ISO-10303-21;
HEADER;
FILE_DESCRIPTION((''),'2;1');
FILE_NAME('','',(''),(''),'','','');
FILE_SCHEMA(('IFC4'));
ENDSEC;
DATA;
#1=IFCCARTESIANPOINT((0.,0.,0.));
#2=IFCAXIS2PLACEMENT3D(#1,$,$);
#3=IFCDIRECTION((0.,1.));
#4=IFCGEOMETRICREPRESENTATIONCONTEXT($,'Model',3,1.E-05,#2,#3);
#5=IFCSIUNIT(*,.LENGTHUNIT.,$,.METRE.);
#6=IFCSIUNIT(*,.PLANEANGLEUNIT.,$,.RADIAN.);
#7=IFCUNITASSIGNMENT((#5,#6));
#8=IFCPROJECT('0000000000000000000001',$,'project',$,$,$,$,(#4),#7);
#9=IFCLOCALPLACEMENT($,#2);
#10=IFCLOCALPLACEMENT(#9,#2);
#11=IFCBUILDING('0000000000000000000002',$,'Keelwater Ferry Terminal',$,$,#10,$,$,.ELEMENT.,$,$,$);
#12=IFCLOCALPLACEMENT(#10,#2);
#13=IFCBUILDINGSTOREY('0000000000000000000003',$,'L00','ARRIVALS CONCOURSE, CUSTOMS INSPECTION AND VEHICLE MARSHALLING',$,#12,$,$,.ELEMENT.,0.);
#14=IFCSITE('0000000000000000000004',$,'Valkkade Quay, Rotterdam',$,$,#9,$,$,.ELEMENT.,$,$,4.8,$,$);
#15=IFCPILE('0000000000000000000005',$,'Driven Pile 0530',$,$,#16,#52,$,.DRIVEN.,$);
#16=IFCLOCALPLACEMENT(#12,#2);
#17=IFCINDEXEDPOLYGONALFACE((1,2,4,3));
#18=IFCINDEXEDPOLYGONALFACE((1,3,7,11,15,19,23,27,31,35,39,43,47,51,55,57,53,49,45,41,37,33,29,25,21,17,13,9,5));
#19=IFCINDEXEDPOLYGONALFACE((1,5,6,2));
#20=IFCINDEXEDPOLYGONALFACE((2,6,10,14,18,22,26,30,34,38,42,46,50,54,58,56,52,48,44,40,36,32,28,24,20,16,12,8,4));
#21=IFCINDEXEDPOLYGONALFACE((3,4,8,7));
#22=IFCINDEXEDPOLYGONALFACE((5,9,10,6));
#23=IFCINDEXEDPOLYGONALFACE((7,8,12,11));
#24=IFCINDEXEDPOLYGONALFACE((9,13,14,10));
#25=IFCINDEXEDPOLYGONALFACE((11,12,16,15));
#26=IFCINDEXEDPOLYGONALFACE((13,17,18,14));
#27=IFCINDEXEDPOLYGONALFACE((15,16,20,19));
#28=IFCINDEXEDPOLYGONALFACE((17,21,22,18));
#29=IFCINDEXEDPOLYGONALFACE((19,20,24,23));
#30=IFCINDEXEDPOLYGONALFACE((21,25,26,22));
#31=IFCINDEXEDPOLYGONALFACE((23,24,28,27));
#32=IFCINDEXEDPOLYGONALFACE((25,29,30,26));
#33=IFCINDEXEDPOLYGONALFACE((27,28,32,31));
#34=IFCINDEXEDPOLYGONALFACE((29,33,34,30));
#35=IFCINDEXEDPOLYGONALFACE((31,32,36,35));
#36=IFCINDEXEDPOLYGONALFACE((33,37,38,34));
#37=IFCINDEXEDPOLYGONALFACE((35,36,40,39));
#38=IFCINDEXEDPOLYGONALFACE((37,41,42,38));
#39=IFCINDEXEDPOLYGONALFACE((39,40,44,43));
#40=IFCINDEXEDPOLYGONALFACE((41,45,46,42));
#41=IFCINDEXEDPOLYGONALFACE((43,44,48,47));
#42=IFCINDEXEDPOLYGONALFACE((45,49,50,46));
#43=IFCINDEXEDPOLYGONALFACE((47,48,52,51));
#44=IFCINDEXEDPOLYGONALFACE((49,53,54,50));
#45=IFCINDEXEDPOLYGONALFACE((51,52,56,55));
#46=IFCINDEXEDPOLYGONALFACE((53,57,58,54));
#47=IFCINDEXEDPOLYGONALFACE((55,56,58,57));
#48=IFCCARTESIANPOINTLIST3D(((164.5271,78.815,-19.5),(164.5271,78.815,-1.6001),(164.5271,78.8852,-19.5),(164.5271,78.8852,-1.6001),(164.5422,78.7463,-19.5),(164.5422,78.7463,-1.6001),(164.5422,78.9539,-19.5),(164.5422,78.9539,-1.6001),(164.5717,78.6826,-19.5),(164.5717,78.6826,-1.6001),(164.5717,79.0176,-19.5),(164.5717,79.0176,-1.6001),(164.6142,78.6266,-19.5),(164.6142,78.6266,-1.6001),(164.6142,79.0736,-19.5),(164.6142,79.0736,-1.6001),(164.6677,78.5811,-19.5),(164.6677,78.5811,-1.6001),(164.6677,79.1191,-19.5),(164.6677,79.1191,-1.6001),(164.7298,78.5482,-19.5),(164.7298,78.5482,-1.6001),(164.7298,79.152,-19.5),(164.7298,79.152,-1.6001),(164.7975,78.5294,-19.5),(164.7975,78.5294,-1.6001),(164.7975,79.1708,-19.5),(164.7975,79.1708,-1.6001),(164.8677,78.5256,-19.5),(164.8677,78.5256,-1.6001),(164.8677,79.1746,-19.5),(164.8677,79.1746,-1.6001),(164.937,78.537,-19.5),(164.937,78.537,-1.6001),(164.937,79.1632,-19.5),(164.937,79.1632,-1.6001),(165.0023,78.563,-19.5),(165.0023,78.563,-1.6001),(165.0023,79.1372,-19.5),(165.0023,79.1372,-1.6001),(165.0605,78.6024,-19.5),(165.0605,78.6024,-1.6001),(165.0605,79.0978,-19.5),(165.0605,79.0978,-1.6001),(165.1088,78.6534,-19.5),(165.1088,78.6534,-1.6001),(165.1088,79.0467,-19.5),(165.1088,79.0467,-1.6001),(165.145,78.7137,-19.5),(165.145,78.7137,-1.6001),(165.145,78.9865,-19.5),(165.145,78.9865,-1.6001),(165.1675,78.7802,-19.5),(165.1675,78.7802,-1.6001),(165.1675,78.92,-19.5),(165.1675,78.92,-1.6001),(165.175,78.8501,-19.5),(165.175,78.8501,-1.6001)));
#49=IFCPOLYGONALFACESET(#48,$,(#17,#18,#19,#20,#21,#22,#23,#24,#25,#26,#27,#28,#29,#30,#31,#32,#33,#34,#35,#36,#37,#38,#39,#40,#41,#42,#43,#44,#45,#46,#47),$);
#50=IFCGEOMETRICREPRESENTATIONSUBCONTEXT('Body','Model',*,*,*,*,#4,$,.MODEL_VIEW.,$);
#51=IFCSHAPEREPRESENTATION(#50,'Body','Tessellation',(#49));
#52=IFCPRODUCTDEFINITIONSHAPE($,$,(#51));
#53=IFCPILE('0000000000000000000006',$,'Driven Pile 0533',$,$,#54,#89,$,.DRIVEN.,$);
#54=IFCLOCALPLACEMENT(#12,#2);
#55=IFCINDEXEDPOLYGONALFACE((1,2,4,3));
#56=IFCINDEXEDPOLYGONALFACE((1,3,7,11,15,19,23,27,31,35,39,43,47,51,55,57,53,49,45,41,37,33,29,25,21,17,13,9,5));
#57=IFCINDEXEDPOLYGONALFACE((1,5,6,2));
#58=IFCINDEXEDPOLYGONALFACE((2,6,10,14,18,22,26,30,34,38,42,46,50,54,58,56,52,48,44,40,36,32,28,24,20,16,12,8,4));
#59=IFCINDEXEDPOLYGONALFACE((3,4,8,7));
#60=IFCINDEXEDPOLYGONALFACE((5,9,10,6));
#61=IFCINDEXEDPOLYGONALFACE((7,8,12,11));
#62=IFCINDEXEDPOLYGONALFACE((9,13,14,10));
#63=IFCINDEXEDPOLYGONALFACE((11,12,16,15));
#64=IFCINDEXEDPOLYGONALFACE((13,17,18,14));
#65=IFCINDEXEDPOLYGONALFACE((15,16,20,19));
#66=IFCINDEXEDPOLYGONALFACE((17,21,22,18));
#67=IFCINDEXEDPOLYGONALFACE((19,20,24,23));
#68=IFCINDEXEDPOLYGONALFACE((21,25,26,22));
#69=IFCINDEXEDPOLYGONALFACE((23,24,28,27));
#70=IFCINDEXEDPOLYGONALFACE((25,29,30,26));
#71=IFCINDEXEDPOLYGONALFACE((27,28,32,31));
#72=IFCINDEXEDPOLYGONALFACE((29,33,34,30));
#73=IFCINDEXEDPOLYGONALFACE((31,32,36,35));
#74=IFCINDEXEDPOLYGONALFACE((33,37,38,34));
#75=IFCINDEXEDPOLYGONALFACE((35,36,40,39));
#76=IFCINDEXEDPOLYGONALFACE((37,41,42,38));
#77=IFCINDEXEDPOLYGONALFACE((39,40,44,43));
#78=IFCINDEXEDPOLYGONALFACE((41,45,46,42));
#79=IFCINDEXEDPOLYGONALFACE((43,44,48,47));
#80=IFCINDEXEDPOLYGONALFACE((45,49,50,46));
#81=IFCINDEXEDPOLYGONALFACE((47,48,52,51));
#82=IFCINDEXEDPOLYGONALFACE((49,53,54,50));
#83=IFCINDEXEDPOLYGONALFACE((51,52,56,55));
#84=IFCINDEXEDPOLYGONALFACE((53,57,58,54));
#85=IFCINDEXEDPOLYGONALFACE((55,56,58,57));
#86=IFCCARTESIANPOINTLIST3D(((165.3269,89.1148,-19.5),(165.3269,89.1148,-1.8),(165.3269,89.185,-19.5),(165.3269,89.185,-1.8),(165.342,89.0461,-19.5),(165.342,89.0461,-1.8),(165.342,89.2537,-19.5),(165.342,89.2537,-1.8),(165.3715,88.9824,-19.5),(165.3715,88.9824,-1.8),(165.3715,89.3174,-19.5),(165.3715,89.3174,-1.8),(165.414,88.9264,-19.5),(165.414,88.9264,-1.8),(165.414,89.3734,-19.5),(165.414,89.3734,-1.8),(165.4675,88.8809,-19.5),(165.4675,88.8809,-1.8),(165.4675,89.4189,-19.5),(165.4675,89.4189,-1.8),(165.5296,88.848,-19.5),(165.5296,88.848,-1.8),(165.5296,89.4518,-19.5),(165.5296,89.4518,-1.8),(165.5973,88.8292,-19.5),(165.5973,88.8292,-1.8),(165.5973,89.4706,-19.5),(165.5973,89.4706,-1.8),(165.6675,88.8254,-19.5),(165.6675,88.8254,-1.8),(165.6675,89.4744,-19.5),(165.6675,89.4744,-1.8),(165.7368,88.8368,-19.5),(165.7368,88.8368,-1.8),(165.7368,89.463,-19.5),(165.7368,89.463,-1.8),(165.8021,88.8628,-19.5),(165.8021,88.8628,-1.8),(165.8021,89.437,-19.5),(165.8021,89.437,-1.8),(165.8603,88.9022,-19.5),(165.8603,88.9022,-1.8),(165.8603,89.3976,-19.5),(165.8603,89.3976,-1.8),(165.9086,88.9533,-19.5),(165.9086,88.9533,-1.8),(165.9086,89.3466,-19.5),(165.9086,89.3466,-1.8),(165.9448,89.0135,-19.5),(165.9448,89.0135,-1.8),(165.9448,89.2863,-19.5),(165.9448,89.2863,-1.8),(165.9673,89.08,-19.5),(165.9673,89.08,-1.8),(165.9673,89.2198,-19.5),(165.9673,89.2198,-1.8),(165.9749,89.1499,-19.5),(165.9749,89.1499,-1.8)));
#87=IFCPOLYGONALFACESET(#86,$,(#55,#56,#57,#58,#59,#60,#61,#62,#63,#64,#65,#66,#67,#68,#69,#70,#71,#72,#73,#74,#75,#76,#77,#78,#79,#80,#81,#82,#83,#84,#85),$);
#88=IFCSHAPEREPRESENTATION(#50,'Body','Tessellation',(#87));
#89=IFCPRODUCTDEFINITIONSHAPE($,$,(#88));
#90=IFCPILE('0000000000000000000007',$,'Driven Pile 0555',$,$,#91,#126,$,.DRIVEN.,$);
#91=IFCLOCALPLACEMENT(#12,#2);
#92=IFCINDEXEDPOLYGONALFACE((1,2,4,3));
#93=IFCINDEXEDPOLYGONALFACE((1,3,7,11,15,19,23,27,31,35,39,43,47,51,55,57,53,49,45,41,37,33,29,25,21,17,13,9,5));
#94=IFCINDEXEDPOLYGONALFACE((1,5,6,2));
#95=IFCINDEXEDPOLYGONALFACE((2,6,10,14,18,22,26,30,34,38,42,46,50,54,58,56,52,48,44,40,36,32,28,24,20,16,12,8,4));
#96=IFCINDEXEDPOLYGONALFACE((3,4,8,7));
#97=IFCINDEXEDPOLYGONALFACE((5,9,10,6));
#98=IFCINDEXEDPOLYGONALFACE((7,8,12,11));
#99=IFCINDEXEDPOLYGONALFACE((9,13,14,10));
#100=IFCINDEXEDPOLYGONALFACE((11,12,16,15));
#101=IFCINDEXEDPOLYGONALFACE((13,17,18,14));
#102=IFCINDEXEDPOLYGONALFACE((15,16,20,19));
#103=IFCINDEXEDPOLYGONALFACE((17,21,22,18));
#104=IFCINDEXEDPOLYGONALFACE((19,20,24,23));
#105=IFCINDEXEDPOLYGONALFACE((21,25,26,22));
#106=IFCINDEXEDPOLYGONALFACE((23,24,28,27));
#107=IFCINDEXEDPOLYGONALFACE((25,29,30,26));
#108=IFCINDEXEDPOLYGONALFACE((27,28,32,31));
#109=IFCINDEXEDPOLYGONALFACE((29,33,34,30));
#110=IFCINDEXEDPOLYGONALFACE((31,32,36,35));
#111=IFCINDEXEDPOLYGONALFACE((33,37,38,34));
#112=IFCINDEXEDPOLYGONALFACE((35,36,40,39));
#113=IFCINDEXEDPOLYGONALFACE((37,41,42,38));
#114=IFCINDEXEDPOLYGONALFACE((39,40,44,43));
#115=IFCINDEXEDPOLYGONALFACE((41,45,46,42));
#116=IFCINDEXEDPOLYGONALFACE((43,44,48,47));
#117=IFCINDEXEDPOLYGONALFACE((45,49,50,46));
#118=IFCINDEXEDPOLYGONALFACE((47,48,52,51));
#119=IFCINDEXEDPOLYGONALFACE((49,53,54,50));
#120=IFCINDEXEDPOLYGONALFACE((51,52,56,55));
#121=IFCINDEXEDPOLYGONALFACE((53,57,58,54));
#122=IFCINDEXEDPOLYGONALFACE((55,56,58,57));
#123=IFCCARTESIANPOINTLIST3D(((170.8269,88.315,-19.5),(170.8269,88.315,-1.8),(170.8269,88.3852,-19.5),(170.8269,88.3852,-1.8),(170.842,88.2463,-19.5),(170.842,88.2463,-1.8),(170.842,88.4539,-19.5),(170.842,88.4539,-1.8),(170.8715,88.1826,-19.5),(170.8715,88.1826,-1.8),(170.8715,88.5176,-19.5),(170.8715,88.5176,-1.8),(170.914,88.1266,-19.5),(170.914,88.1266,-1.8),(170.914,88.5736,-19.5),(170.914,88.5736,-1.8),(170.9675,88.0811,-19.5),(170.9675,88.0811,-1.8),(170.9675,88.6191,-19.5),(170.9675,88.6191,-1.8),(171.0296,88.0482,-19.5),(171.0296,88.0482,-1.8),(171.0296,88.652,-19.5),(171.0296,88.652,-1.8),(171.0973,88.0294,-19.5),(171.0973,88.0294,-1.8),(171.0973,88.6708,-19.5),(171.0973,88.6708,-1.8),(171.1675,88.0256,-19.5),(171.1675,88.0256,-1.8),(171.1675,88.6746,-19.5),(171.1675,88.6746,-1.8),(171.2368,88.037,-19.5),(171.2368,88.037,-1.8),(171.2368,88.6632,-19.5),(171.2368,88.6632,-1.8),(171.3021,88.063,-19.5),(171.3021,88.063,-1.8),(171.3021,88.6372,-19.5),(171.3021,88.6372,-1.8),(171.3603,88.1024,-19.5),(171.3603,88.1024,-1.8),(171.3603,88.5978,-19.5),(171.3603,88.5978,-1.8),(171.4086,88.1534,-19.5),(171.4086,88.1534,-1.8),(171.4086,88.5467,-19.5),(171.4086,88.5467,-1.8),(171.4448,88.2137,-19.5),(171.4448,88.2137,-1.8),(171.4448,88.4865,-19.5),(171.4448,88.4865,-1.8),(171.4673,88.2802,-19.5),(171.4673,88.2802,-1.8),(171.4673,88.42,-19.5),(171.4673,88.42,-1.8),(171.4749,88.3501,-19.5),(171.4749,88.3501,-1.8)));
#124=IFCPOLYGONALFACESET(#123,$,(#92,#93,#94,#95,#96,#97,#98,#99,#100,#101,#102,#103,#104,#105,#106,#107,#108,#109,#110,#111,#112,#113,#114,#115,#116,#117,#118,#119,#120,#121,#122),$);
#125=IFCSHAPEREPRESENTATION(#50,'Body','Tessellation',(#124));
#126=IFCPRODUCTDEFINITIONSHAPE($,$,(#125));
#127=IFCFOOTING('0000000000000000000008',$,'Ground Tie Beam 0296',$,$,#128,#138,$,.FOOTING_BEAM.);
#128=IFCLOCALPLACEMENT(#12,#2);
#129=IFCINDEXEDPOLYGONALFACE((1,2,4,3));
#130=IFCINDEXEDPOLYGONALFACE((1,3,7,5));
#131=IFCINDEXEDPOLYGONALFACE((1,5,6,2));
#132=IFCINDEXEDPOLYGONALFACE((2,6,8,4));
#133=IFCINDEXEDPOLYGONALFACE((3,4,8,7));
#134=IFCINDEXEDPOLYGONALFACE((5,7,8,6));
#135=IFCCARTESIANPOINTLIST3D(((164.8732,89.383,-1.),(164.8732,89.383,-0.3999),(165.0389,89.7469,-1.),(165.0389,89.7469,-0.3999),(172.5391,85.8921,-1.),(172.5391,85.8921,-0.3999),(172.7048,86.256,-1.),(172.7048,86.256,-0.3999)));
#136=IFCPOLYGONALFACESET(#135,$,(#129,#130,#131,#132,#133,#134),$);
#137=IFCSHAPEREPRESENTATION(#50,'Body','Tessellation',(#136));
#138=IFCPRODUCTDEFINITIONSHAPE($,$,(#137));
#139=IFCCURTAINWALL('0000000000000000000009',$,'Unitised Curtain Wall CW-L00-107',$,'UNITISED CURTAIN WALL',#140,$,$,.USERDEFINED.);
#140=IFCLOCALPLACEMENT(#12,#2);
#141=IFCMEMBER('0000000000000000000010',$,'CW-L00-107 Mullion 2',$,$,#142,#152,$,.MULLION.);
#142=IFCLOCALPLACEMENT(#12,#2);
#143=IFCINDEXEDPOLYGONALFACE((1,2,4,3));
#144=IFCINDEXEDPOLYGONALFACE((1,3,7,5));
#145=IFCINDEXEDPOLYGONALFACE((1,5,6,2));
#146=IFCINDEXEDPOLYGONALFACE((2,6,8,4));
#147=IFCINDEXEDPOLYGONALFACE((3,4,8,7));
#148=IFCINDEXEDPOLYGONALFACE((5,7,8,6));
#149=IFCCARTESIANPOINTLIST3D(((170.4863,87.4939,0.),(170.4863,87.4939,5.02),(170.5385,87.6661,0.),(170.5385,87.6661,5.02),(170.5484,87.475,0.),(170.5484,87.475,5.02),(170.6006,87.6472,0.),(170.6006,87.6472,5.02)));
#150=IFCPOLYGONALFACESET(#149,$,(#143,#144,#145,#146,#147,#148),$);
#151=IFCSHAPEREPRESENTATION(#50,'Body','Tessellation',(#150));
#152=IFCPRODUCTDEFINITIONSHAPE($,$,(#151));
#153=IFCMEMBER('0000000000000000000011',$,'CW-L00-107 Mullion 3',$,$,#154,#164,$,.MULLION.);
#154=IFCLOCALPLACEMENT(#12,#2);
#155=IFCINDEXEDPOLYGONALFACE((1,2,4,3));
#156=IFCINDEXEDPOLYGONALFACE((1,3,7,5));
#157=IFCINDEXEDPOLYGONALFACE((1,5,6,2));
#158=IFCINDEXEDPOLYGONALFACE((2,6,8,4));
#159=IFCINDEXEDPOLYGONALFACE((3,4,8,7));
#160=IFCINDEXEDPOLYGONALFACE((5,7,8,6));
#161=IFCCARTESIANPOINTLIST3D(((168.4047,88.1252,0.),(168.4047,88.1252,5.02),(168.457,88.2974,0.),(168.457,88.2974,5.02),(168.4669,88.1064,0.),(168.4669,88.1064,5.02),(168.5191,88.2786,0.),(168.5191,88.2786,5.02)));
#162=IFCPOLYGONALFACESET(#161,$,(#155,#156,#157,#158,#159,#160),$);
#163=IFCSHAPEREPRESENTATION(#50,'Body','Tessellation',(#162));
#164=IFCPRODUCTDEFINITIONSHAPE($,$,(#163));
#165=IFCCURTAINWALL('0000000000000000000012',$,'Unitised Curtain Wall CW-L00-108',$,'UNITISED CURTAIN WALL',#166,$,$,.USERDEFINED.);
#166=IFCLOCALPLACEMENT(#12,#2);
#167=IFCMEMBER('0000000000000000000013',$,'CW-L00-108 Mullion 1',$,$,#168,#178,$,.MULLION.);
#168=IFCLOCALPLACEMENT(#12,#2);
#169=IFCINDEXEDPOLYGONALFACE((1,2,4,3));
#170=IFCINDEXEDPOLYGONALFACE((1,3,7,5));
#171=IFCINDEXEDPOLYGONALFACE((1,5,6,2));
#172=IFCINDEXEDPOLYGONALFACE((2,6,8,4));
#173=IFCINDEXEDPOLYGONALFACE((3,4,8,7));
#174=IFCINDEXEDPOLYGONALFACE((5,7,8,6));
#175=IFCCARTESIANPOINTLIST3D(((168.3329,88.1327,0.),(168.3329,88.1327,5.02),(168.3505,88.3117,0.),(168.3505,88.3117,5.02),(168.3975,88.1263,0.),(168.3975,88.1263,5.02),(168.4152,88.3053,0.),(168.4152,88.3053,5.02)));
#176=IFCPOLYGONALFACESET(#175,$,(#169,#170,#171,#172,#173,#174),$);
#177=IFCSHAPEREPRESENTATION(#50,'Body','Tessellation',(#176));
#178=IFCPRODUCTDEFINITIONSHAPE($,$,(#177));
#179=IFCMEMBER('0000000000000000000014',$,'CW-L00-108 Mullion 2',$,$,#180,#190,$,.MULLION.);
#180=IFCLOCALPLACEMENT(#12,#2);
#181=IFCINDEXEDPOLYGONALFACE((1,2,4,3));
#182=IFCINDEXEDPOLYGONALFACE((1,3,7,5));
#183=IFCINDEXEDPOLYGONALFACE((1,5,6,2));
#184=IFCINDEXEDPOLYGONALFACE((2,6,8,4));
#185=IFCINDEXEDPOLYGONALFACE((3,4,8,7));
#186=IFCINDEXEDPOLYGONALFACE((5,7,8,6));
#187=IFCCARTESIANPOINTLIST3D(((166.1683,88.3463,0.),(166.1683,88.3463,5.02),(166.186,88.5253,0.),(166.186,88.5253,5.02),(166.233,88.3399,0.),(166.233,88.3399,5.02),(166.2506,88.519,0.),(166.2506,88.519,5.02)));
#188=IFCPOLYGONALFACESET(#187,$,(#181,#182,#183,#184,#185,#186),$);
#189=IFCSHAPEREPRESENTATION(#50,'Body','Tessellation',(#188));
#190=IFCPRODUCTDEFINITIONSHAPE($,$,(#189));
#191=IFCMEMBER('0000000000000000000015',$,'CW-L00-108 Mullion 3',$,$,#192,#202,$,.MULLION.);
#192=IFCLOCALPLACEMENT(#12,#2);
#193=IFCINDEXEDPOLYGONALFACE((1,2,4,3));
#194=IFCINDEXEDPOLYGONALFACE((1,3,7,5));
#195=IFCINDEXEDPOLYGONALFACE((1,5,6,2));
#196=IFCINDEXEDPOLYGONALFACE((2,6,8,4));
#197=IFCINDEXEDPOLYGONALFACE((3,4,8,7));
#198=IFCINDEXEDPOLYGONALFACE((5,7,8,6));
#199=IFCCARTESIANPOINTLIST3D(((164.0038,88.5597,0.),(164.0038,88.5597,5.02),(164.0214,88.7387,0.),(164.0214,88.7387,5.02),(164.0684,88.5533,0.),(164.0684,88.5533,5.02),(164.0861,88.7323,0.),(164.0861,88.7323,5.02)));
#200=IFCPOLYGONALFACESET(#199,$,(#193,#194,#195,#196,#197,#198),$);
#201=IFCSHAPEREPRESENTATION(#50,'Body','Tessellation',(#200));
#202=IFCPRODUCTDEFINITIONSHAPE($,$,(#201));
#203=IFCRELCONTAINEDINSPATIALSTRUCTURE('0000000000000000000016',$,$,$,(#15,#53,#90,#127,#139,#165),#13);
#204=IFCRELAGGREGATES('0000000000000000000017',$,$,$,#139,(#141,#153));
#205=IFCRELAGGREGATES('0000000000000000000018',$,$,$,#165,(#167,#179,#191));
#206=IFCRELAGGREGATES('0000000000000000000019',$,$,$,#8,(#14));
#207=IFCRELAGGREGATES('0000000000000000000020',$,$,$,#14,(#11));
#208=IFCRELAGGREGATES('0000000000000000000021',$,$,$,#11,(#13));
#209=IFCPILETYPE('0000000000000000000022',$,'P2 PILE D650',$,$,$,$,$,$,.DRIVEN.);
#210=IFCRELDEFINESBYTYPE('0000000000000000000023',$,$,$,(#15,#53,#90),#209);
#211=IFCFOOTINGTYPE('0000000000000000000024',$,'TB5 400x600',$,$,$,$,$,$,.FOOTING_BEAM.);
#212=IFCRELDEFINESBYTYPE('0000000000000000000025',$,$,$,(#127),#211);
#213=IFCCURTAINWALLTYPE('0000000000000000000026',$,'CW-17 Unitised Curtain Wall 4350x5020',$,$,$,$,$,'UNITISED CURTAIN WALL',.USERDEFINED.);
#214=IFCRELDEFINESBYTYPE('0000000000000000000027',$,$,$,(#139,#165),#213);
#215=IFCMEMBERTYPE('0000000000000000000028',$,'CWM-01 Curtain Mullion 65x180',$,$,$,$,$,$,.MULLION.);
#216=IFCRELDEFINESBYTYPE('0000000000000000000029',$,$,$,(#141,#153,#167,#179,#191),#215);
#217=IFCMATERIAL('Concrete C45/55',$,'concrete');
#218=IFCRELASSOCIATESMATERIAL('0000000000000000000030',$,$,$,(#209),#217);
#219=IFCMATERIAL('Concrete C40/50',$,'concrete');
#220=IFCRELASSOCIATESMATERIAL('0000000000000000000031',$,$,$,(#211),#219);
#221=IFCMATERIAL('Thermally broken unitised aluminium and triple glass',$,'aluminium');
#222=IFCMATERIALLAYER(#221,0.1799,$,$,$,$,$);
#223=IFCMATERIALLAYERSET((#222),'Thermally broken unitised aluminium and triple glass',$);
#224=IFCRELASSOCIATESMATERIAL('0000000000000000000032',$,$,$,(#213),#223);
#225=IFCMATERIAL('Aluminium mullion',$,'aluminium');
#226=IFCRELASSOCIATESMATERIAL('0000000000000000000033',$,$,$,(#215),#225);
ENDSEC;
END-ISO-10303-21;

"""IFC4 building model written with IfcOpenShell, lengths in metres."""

from ifc_helpers import new_model, si_unit, direction, frame, origin, origin_2d, place, context, subcontext, project, spatial, rectangle, circle, extrude, material, layer, layer_set, material_profile, profile_set, type_object, element, aggregate, save


model = new_model("IFC4")

# Units and contexts
model_context = context("Model", 3, precision=1e-05, world=origin(), true_north=direction((0.0, 1.0)))
body_context = subcontext(model_context, "Body", "Model", "MODEL_VIEW")
ifc_project = project(units=[si_unit("LENGTHUNIT", "METRE"), si_unit("PLANEANGLEUNIT", "RADIAN")], contexts=[model_context])

# Site, building, storey
site_placement = place(None, origin())
site = spatial("IfcSite", under=ifc_project, at=site_placement, Name="Valkkade Quay, Rotterdam", CompositionType="ELEMENT", RefElevation=4.8)
building_placement = place(site_placement, origin())
building = spatial("IfcBuilding", under=site, at=building_placement, Name="Keelwater Ferry Terminal", CompositionType="ELEMENT")
storey_placement = place(building_placement, origin())
storey = spatial("IfcBuildingStorey", under=building, at=storey_placement, Name="L00", Description="ARRIVALS CONCOURSE, CUSTOMS INSPECTION AND VEHICLE MARSHALLING", CompositionType="ELEMENT", Elevation=0.0)

# Piles
ifc_material_1 = material(Name="Concrete C45/55", Category="concrete")
ifc_material_profile_1 = material_profile(ifc_material_1, circle(Radius=0.325, at=origin_2d()), Name="PILE D650")
ifc_profile_set_1 = profile_set([ifc_material_profile_1], Name="Concrete C45/55")
pile_type = type_object("IfcPileType", Name="P2 PILE D650", PredefinedType="DRIVEN", material=ifc_profile_set_1)
pile_placement = place(storey_placement, frame((164.8501, 78.8501, -1.6001), z_axis=(0.0, 0.0, -1.0), x_axis=(1.0, 0.0, 0.0)))
element("IfcPile", 1, at=pile_placement, inside=storey, type_object=pile_type, Name="Driven Pile 0530", PredefinedType="DRIVEN", context=body_context, shape_type="SweptSolid", body=[
    extrude(circle(Radius=0.325, at=origin_2d()), origin(), (0.0, 0.0, 1.0), 17.8999),
])
for number, where, z_axis, x_axis, name in (
    (2, (165.6499, 89.1499, -1.8), (0.0, 0.0, -1.0), (1.0, 0.0, 0.0), "Driven Pile 0533"),
    (3, (171.1499, 88.3501, -1.8), (0.0, 0.0, -1.0), (1.0, 0.0, 0.0), "Driven Pile 0555"),
):
    element("IfcPile", number, at=place(storey_placement, frame(where, z_axis=z_axis, x_axis=x_axis)), inside=storey, type_object=pile_type, Name=name, PredefinedType="DRIVEN", context=body_context, shape_type="SweptSolid", body=[
        extrude(circle(Radius=0.325, at=origin_2d()), origin(), (0.0, 0.0, 1.0), 17.7),
    ])

# Footing
ifc_material_2 = material(Name="Concrete C40/50", Category="concrete")
ifc_material_profile_2 = material_profile(ifc_material_2, rectangle(XDim=0.3999, YDim=0.6001, at=origin_2d()), Name="TB 400x600")
ifc_profile_set_2 = profile_set([ifc_material_profile_2], Name="Concrete C40/50")
footing_type = type_object("IfcFootingType", Name="TB5 400x600", PredefinedType="FOOTING_BEAM", material=ifc_profile_set_2)
footing_placement = place(storey_placement, frame((164.9561, 89.5649, -0.7), z_axis=(0.910079, -0.414434, 0.0), x_axis=(0.414434, 0.910079, 0.0)))
element("IfcFooting", 4, at=footing_placement, inside=storey, type_object=footing_type, Name="Ground Tie Beam 0296", PredefinedType="FOOTING_BEAM", context=body_context, shape_type="SweptSolid", body=[
    extrude(rectangle(XDim=0.3999, YDim=0.6001, at=origin_2d()), origin(), (0.0, 0.0, 1.0), 8.4233),
])

# Curtain walls, members
ifc_material_3 = material(Name="Thermally broken unitised aluminium and triple glass", Category="aluminium")
ifc_layer_1 = layer(ifc_material_3, 0.1799)
ifc_layer_set_1 = layer_set([ifc_layer_1], Name="Thermally broken unitised aluminium and triple glass")
curtain_wall_type = type_object("IfcCurtainWallType", Name="CW-17 Unitised Curtain Wall 4350x5020", ElementType="UNITISED CURTAIN WALL", PredefinedType="USERDEFINED", material=ifc_layer_set_1)
curtain_wall_1_placement = place(storey_placement, origin())
curtain_wall_1 = element("IfcCurtainWall", 5, at=curtain_wall_1_placement, inside=storey, type_object=curtain_wall_type, Name="Unitised Curtain Wall CW-L00-107", ObjectType="UNITISED CURTAIN WALL", PredefinedType="USERDEFINED")
ifc_material_4 = material(Name="Aluminium mullion", Category="aluminium")
ifc_material_profile_3 = material_profile(ifc_material_4, rectangle(XDim=0.0649, YDim=0.1799, at=origin_2d()), Name="CWM-01")
ifc_profile_set_3 = profile_set([ifc_material_profile_3], Name="Aluminium mullion")
member_type_1 = type_object("IfcMemberType", Name="CWM-01 Curtain Mullion 65x180", PredefinedType="MULLION", material=ifc_profile_set_3)
member_1_placement = place(storey_placement, frame((170.5435, 87.5706, 0.0), z_axis=(0.0, 0.0, 1.0), x_axis=(-0.95693, 0.29032, 0.0)))
member_1 = element("IfcMember", 6, at=member_1_placement, type_object=member_type_1, Name="CW-L00-107 Mullion 2", PredefinedType="MULLION", context=body_context, shape_type="SweptSolid", body=[
    extrude(rectangle(XDim=0.0649, YDim=0.1799, at=origin_2d()), origin(), (0.0, 0.0, 1.0), 5.02),
])
member_2_placement = place(storey_placement, frame((168.4619, 88.2019, 0.0), z_axis=(0.0, 0.0, 1.0), x_axis=(-0.95693, 0.29032, 0.0)))
member_2 = element("IfcMember", 7, at=member_2_placement, type_object=member_type_1, Name="CW-L00-107 Mullion 3", PredefinedType="MULLION", context=body_context, shape_type="SweptSolid", body=[
    extrude(rectangle(XDim=0.0649, YDim=0.1799, at=origin_2d()), origin(), (0.0, 0.0, 1.0), 5.02),
])
curtain_wall_2_placement = place(storey_placement, origin())
curtain_wall_2 = element("IfcCurtainWall", 8, at=curtain_wall_2_placement, inside=storey, type_object=curtain_wall_type, Name="Unitised Curtain Wall CW-L00-108", ObjectType="UNITISED CURTAIN WALL", PredefinedType="USERDEFINED")
member_3_placement = place(storey_placement, frame((168.374, 88.219, 0.0), z_axis=(0.0, 0.0, 1.0), x_axis=(-0.995171, 0.098161, 0.0)))
member_3 = element("IfcMember", 9, at=member_3_placement, type_object=member_type_1, Name="CW-L00-108 Mullion 1", PredefinedType="MULLION", context=body_context, shape_type="SweptSolid", body=[
    extrude(rectangle(XDim=0.0649, YDim=0.1799, at=origin_2d()), origin(), (0.0, 0.0, 1.0), 5.02),
])
member_4_placement = place(storey_placement, frame((166.2095, 88.4326, 0.0), z_axis=(0.0, 0.0, 1.0), x_axis=(-0.995171, 0.098161, 0.0)))
member_4 = element("IfcMember", 10, at=member_4_placement, type_object=member_type_1, Name="CW-L00-108 Mullion 2", PredefinedType="MULLION", context=body_context, shape_type="SweptSolid", body=[
    extrude(rectangle(XDim=0.0649, YDim=0.1799, at=origin_2d()), origin(), (0.0, 0.0, 1.0), 5.02),
])
member_5_placement = place(storey_placement, frame((164.0449, 88.646, 0.0), z_axis=(0.0, 0.0, 1.0), x_axis=(-0.995171, 0.098161, 0.0)))
member_5 = element("IfcMember", 11, at=member_5_placement, type_object=member_type_1, Name="CW-L00-108 Mullion 3", PredefinedType="MULLION", context=body_context, shape_type="SweptSolid", body=[
    extrude(rectangle(XDim=0.0649, YDim=0.1799, at=origin_2d()), origin(), (0.0, 0.0, 1.0), 5.02),
])

aggregate(curtain_wall_1, [member_1, member_2])
aggregate(curtain_wall_2, [member_3, member_4, member_5])

save(model, "model.ifc")
